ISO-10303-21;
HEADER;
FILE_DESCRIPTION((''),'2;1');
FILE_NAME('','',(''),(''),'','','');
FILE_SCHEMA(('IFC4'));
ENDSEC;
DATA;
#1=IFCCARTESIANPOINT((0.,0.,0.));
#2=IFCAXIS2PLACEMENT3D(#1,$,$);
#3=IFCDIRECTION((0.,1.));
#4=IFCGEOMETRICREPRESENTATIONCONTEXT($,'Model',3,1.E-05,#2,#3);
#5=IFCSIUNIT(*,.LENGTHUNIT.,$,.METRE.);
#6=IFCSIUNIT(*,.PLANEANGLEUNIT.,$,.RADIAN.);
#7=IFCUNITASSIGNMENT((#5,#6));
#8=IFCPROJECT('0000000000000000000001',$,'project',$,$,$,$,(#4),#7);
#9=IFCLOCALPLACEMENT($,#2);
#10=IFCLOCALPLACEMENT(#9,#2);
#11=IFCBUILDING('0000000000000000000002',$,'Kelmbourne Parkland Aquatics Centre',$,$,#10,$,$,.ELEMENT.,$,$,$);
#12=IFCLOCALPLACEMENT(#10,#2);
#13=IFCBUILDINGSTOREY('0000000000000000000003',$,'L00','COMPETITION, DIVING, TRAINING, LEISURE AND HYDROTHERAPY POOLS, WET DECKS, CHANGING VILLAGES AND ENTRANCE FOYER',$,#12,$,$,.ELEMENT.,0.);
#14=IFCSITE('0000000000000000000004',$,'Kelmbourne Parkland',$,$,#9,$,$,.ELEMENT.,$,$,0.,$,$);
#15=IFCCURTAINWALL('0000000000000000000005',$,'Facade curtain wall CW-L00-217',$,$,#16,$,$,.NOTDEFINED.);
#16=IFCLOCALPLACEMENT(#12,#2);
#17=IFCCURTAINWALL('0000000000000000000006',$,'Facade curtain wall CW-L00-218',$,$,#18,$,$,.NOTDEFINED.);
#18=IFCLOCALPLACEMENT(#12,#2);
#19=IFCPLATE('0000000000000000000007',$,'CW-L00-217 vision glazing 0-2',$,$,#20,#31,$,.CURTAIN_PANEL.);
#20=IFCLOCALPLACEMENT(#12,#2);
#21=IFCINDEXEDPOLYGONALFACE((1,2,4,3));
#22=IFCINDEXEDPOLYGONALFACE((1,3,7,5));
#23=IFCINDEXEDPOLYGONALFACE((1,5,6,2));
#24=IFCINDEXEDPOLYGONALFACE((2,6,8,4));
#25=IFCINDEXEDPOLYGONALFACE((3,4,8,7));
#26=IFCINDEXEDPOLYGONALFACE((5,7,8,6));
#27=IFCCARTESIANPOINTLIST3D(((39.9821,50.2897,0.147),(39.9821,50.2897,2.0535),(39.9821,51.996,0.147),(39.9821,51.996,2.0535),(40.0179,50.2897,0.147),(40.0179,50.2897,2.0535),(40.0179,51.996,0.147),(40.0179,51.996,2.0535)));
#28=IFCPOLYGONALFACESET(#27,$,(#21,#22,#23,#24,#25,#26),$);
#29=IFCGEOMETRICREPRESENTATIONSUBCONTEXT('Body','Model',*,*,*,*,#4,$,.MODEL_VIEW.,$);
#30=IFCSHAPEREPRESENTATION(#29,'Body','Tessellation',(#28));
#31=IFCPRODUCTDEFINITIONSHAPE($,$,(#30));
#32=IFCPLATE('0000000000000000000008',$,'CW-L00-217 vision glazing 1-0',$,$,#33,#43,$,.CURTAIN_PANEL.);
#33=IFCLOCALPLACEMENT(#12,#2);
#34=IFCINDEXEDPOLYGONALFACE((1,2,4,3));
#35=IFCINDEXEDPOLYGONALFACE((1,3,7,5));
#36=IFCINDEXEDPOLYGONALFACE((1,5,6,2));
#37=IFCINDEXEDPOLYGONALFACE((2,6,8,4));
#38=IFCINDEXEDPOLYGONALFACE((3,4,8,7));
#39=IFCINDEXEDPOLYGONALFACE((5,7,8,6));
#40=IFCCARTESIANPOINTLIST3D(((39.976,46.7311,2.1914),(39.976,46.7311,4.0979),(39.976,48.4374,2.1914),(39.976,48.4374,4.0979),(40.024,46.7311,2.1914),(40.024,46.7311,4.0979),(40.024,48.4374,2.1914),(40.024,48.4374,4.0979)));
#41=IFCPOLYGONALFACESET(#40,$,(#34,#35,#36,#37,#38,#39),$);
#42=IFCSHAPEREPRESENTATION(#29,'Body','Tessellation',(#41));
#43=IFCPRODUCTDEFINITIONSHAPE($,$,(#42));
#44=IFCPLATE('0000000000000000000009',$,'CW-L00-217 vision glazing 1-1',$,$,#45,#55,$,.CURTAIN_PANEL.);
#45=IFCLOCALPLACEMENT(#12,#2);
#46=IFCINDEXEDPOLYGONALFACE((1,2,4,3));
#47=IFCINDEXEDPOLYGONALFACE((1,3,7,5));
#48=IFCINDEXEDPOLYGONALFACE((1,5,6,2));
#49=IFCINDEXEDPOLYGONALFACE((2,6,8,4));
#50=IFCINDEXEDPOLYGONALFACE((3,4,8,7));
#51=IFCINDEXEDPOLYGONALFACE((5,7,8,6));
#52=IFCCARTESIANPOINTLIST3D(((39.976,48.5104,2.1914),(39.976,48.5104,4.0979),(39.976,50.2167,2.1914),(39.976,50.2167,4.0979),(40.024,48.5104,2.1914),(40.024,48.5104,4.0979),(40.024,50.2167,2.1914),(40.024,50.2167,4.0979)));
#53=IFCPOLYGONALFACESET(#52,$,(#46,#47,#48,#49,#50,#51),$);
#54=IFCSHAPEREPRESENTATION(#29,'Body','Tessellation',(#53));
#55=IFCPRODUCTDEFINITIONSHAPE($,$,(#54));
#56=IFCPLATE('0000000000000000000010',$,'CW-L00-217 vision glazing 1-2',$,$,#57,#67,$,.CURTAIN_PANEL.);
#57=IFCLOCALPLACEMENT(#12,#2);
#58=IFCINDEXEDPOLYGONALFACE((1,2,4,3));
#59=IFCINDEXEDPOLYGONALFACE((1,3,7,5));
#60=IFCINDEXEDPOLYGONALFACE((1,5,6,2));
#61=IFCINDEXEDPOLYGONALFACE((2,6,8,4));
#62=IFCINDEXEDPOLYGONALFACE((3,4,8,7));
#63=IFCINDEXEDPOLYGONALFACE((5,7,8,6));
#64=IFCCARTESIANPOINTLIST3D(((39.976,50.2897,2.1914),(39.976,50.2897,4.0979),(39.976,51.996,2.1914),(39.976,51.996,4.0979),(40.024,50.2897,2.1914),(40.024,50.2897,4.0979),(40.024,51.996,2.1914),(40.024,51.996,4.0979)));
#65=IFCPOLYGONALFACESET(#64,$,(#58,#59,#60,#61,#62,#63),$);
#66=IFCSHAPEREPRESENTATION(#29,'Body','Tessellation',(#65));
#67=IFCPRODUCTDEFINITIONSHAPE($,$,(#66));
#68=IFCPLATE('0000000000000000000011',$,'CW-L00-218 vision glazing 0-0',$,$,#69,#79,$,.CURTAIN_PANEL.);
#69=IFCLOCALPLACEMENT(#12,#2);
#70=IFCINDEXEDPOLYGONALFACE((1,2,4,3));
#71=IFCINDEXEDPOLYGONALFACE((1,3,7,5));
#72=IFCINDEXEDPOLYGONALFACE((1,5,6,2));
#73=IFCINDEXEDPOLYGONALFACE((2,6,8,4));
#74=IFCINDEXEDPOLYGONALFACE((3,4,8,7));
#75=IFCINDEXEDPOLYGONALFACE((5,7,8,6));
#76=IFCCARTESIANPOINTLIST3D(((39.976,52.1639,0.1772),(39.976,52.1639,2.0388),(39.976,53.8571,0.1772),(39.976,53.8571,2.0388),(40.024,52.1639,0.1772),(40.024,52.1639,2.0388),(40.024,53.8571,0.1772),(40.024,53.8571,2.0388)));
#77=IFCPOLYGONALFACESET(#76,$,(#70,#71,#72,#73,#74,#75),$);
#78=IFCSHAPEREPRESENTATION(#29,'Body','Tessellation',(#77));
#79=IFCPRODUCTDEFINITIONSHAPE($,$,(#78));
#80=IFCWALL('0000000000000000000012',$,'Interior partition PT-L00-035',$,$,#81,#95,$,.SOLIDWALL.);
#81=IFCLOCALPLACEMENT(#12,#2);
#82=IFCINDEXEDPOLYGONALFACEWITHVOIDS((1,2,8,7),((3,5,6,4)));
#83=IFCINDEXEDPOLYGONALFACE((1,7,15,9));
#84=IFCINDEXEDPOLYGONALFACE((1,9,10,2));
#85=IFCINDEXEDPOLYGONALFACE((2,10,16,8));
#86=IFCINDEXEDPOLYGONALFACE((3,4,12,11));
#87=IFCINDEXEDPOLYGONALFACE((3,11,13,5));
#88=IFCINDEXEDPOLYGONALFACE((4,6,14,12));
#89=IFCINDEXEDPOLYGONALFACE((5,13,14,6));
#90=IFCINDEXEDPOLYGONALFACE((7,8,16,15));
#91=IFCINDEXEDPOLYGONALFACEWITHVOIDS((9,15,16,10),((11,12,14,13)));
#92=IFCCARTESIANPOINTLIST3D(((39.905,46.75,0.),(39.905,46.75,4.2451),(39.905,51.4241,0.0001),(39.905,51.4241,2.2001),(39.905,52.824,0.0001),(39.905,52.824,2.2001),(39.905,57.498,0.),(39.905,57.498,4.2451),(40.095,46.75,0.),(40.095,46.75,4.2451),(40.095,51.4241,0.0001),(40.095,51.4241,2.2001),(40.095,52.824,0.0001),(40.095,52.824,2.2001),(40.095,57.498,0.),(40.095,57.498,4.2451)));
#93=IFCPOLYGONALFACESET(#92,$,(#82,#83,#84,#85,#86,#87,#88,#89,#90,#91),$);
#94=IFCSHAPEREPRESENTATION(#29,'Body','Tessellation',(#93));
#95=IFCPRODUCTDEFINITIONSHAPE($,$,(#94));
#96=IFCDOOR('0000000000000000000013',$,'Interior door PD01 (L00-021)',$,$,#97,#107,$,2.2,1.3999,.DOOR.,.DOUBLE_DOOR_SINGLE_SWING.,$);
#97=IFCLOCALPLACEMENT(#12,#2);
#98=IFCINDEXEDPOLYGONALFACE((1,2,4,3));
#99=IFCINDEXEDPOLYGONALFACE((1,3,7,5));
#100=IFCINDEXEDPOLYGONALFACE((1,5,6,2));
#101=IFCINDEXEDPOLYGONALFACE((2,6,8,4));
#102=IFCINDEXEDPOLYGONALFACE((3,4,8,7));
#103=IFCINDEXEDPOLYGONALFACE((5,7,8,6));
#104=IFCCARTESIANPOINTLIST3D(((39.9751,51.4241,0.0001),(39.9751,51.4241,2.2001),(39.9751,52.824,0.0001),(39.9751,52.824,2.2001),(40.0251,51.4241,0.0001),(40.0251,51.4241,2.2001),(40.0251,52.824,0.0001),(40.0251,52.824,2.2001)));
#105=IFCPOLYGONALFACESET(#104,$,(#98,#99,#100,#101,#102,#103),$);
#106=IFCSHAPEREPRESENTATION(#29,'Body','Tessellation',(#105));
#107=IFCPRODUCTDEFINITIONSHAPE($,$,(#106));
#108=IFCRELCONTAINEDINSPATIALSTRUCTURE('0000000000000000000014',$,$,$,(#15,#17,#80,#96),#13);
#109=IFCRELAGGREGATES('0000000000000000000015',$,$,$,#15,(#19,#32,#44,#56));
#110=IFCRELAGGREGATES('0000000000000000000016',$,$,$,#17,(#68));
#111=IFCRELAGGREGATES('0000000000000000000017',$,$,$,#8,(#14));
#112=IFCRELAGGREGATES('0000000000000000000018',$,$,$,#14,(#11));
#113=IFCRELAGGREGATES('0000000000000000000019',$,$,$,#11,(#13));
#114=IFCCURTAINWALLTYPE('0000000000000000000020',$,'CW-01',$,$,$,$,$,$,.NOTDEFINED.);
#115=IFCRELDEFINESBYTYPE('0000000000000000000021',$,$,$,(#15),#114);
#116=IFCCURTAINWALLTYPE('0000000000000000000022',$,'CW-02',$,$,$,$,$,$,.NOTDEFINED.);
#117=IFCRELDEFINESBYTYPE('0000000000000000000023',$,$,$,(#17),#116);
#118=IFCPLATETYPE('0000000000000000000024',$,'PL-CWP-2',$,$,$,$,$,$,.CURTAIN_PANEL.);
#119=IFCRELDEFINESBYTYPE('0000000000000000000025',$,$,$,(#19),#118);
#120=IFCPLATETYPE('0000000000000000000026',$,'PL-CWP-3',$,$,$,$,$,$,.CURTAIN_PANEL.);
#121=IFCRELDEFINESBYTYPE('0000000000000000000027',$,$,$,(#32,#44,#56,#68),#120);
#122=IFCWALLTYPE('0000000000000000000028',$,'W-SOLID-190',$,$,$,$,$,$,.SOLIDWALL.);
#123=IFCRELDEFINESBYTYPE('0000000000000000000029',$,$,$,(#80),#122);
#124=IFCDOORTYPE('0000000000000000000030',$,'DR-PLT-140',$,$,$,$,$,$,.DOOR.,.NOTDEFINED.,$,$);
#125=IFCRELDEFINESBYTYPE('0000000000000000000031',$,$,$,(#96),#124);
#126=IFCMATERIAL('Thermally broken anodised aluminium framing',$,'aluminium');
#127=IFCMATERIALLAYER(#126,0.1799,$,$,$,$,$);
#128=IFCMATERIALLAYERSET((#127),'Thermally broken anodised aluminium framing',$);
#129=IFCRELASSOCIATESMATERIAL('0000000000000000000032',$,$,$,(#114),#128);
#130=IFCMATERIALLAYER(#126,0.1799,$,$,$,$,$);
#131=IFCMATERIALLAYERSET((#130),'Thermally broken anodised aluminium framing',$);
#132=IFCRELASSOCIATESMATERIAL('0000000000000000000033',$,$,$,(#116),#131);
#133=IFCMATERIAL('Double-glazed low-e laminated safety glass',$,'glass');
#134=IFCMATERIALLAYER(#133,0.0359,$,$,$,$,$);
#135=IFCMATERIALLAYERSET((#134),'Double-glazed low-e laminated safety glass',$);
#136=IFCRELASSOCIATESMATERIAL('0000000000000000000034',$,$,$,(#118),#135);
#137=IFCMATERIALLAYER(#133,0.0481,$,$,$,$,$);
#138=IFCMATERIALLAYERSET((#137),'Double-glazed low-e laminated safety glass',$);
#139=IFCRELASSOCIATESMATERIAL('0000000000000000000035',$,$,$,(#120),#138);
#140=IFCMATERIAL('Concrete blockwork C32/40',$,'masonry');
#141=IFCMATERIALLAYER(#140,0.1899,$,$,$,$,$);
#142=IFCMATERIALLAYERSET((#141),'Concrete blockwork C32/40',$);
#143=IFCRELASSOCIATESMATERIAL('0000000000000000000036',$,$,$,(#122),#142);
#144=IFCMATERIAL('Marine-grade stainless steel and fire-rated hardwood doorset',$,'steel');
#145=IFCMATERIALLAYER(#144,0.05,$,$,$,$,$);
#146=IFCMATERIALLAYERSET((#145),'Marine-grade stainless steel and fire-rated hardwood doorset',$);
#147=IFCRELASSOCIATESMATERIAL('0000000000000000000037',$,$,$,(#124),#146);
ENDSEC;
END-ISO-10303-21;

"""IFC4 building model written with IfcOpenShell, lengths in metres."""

from ifc_helpers import new_model, si_unit, direction, frame, frame_2d, origin, origin_2d, place, context, subcontext, project, spatial, rectangle, extrude, material, layer, layer_set, type_object, element, fill, aggregate, save


model = new_model("IFC4")

# Units and contexts
model_context = context("Model", 3, precision=1e-05, world=origin(), true_north=direction((0.0, 1.0)))
body_context = subcontext(model_context, "Body", "Model", "MODEL_VIEW")
ifc_project = project(units=[si_unit("LENGTHUNIT", "METRE"), si_unit("PLANEANGLEUNIT", "RADIAN")], contexts=[model_context])

# Site, building, storey
site_placement = place(None, origin())
site = spatial("IfcSite", under=ifc_project, at=site_placement, Name="Kelmbourne Parkland", CompositionType="ELEMENT", RefElevation=0.0)
building_placement = place(site_placement, origin())
building = spatial("IfcBuilding", under=site, at=building_placement, Name="Kelmbourne Parkland Aquatics Centre", CompositionType="ELEMENT")
storey_placement = place(building_placement, origin())
storey = spatial("IfcBuildingStorey", under=building, at=storey_placement, Name="L00", Description="COMPETITION, DIVING, TRAINING, LEISURE AND HYDROTHERAPY POOLS, WET DECKS, CHANGING VILLAGES AND ENTRANCE FOYER", CompositionType="ELEMENT", Elevation=0.0)

# Curtain wall
ifc_material_1 = material(Name="Thermally broken anodised aluminium framing", Category="aluminium")
ifc_layer_1 = layer(ifc_material_1, 0.1799)
ifc_layer_set_1 = layer_set([ifc_layer_1], Name="Thermally broken anodised aluminium framing")
curtain_wall_type_1 = type_object("IfcCurtainWallType", Name="CW-01", PredefinedType="NOTDEFINED", material=ifc_layer_set_1)
curtain_wall_1_placement = place(storey_placement, origin())
curtain_wall_1 = element("IfcCurtainWall", 1, at=curtain_wall_1_placement, inside=storey, type_object=curtain_wall_type_1, Name="Facade curtain wall CW-L00-217", PredefinedType="NOTDEFINED")

# Curtain wall
ifc_layer_2 = layer(ifc_material_1, 0.1799)
ifc_layer_set_2 = layer_set([ifc_layer_2], Name="Thermally broken anodised aluminium framing")
curtain_wall_type_2 = type_object("IfcCurtainWallType", Name="CW-02", PredefinedType="NOTDEFINED", material=ifc_layer_set_2)
curtain_wall_2_placement = place(storey_placement, origin())
curtain_wall_2 = element("IfcCurtainWall", 2, at=curtain_wall_2_placement, inside=storey, type_object=curtain_wall_type_2, Name="Facade curtain wall CW-L00-218", PredefinedType="NOTDEFINED")

# Plates
ifc_material_2 = material(Name="Double-glazed low-e laminated safety glass", Category="glass")
ifc_layer_3 = layer(ifc_material_2, 0.0359)
ifc_layer_set_3 = layer_set([ifc_layer_3], Name="Double-glazed low-e laminated safety glass")
plate_type_1 = type_object("IfcPlateType", Name="PL-CWP-2", PredefinedType="CURTAIN_PANEL", material=ifc_layer_set_3)
plate_1_placement = place(storey_placement, frame((40.0, 51.1428, 0.147), z_axis=(0.0, 0.0, 1.0), x_axis=(0.0, 1.0, 0.0)))
plate_1 = element("IfcPlate", 3, at=plate_1_placement, type_object=plate_type_1, Name="CW-L00-217 vision glazing 0-2", PredefinedType="CURTAIN_PANEL", context=body_context, shape_type="SweptSolid", body=[
    extrude(rectangle(XDim=1.7063, YDim=0.0359, at=origin_2d()), origin(), (0.0, 0.0, 1.0), 1.9065),
])
ifc_layer_4 = layer(ifc_material_2, 0.0481)
ifc_layer_set_4 = layer_set([ifc_layer_4], Name="Double-glazed low-e laminated safety glass")
plate_type_2 = type_object("IfcPlateType", Name="PL-CWP-3", PredefinedType="CURTAIN_PANEL", material=ifc_layer_set_4)
plate_2_placement = place(storey_placement, frame((40.0, 47.5842, 2.1914), z_axis=(0.0, 0.0, 1.0), x_axis=(0.0, 1.0, 0.0)))
plate_2 = element("IfcPlate", 4, at=plate_2_placement, type_object=plate_type_2, Name="CW-L00-217 vision glazing 1-0", PredefinedType="CURTAIN_PANEL", context=body_context, shape_type="SweptSolid", body=[
    extrude(rectangle(XDim=1.7063, YDim=0.0481, at=origin_2d()), origin(), (0.0, 0.0, 1.0), 1.9065),
])
plate_3_placement = place(storey_placement, frame((40.0, 49.3635, 2.1914), z_axis=(0.0, 0.0, 1.0), x_axis=(0.0, 1.0, 0.0)))
plate_3 = element("IfcPlate", 5, at=plate_3_placement, type_object=plate_type_2, Name="CW-L00-217 vision glazing 1-1", PredefinedType="CURTAIN_PANEL", context=body_context, shape_type="SweptSolid", body=[
    extrude(rectangle(XDim=1.7063, YDim=0.0481, at=origin_2d()), origin(), (0.0, 0.0, 1.0), 1.9065),
])
plate_4_placement = place(storey_placement, frame((40.0, 51.1428, 2.1914), z_axis=(0.0, 0.0, 1.0), x_axis=(0.0, 1.0, 0.0)))
plate_4 = element("IfcPlate", 6, at=plate_4_placement, type_object=plate_type_2, Name="CW-L00-217 vision glazing 1-2", PredefinedType="CURTAIN_PANEL", context=body_context, shape_type="SweptSolid", body=[
    extrude(rectangle(XDim=1.7063, YDim=0.0481, at=origin_2d()), origin(), (0.0, 0.0, 1.0), 1.9065),
])
aggregate(curtain_wall_1, [plate_1, plate_2, plate_3, plate_4])
plate_5_placement = place(storey_placement, frame((40.0, 53.0105, 0.1772), z_axis=(0.0, 0.0, 1.0), x_axis=(0.0, 1.0, 0.0)))
plate_5 = element("IfcPlate", 7, at=plate_5_placement, type_object=plate_type_2, Name="CW-L00-218 vision glazing 0-0", PredefinedType="CURTAIN_PANEL", context=body_context, shape_type="SweptSolid", body=[
    extrude(rectangle(XDim=1.6931, YDim=0.0481, at=origin_2d()), origin(), (0.0, 0.0, 1.0), 1.8616),
])
aggregate(curtain_wall_2, [plate_5])

# Wall, opening, door
ifc_material_3 = material(Name="Concrete blockwork C32/40", Category="masonry")
ifc_layer_5 = layer(ifc_material_3, 0.1899)
ifc_layer_set_5 = layer_set([ifc_layer_5], Name="Concrete blockwork C32/40")
wall_type = type_object("IfcWallType", Name="W-SOLID-190", PredefinedType="SOLIDWALL", material=ifc_layer_set_5)
wall_placement = place(storey_placement, frame((40.0, 46.75, 0.0), z_axis=(0.0, 0.0, 1.0), x_axis=(0.0, 1.0, 0.0)))
wall = element("IfcWall", 8, at=wall_placement, inside=storey, type_object=wall_type, Name="Interior partition PT-L00-035", PredefinedType="SOLIDWALL", context=body_context, shape_type="SweptSolid", body=[
    extrude(rectangle(XDim=10.748, YDim=0.1899, at=frame_2d((5.374, 0.0))), origin(), (0.0, 0.0, 1.0), 4.2451),
])
opening_placement = place(wall_placement, frame((4.6741, 0.0, 0.0)))
opening = element("IfcOpeningElement", 9, at=opening_placement, cuts=wall, PredefinedType="OPENING", context=body_context, shape_type="SweptSolid", body=[
    extrude(rectangle(XDim=1.3999, YDim=2.2, at=frame_2d((0.7, 1.1001))), frame((0.0, 0.1069, 0.0), z_axis=(0.0, -1.0, 0.0), x_axis=(1.0, 0.0, 0.0)), (0.0, 0.0, 1.0), 0.2139),
])
ifc_material_4 = material(Name="Marine-grade stainless steel and fire-rated hardwood doorset", Category="steel")
ifc_layer_6 = layer(ifc_material_4, 0.05)
ifc_layer_set_6 = layer_set([ifc_layer_6], Name="Marine-grade stainless steel and fire-rated hardwood doorset")
door_type = type_object("IfcDoorType", Name="DR-PLT-140", OperationType="NOTDEFINED", PredefinedType="DOOR", material=ifc_layer_set_6)
door_placement = place(opening_placement, origin())
door = element("IfcDoor", 10, at=door_placement, inside=storey, type_object=door_type, Name="Interior door PD01 (L00-021)", OperationType="DOUBLE_DOOR_SINGLE_SWING", OverallHeight=2.2, OverallWidth=1.3999, PredefinedType="DOOR", context=body_context, shape_type="SweptSolid", body=[
    extrude(rectangle(XDim=1.3999, YDim=2.2, at=frame_2d((0.7, 1.1001))), frame((0.0, 0.0249, 0.0), z_axis=(0.0, -1.0, 0.0), x_axis=(1.0, 0.0, 0.0)), (0.0, 0.0, 1.0), 0.05),
])
fill(opening, door)

save(model, "model.ifc")
